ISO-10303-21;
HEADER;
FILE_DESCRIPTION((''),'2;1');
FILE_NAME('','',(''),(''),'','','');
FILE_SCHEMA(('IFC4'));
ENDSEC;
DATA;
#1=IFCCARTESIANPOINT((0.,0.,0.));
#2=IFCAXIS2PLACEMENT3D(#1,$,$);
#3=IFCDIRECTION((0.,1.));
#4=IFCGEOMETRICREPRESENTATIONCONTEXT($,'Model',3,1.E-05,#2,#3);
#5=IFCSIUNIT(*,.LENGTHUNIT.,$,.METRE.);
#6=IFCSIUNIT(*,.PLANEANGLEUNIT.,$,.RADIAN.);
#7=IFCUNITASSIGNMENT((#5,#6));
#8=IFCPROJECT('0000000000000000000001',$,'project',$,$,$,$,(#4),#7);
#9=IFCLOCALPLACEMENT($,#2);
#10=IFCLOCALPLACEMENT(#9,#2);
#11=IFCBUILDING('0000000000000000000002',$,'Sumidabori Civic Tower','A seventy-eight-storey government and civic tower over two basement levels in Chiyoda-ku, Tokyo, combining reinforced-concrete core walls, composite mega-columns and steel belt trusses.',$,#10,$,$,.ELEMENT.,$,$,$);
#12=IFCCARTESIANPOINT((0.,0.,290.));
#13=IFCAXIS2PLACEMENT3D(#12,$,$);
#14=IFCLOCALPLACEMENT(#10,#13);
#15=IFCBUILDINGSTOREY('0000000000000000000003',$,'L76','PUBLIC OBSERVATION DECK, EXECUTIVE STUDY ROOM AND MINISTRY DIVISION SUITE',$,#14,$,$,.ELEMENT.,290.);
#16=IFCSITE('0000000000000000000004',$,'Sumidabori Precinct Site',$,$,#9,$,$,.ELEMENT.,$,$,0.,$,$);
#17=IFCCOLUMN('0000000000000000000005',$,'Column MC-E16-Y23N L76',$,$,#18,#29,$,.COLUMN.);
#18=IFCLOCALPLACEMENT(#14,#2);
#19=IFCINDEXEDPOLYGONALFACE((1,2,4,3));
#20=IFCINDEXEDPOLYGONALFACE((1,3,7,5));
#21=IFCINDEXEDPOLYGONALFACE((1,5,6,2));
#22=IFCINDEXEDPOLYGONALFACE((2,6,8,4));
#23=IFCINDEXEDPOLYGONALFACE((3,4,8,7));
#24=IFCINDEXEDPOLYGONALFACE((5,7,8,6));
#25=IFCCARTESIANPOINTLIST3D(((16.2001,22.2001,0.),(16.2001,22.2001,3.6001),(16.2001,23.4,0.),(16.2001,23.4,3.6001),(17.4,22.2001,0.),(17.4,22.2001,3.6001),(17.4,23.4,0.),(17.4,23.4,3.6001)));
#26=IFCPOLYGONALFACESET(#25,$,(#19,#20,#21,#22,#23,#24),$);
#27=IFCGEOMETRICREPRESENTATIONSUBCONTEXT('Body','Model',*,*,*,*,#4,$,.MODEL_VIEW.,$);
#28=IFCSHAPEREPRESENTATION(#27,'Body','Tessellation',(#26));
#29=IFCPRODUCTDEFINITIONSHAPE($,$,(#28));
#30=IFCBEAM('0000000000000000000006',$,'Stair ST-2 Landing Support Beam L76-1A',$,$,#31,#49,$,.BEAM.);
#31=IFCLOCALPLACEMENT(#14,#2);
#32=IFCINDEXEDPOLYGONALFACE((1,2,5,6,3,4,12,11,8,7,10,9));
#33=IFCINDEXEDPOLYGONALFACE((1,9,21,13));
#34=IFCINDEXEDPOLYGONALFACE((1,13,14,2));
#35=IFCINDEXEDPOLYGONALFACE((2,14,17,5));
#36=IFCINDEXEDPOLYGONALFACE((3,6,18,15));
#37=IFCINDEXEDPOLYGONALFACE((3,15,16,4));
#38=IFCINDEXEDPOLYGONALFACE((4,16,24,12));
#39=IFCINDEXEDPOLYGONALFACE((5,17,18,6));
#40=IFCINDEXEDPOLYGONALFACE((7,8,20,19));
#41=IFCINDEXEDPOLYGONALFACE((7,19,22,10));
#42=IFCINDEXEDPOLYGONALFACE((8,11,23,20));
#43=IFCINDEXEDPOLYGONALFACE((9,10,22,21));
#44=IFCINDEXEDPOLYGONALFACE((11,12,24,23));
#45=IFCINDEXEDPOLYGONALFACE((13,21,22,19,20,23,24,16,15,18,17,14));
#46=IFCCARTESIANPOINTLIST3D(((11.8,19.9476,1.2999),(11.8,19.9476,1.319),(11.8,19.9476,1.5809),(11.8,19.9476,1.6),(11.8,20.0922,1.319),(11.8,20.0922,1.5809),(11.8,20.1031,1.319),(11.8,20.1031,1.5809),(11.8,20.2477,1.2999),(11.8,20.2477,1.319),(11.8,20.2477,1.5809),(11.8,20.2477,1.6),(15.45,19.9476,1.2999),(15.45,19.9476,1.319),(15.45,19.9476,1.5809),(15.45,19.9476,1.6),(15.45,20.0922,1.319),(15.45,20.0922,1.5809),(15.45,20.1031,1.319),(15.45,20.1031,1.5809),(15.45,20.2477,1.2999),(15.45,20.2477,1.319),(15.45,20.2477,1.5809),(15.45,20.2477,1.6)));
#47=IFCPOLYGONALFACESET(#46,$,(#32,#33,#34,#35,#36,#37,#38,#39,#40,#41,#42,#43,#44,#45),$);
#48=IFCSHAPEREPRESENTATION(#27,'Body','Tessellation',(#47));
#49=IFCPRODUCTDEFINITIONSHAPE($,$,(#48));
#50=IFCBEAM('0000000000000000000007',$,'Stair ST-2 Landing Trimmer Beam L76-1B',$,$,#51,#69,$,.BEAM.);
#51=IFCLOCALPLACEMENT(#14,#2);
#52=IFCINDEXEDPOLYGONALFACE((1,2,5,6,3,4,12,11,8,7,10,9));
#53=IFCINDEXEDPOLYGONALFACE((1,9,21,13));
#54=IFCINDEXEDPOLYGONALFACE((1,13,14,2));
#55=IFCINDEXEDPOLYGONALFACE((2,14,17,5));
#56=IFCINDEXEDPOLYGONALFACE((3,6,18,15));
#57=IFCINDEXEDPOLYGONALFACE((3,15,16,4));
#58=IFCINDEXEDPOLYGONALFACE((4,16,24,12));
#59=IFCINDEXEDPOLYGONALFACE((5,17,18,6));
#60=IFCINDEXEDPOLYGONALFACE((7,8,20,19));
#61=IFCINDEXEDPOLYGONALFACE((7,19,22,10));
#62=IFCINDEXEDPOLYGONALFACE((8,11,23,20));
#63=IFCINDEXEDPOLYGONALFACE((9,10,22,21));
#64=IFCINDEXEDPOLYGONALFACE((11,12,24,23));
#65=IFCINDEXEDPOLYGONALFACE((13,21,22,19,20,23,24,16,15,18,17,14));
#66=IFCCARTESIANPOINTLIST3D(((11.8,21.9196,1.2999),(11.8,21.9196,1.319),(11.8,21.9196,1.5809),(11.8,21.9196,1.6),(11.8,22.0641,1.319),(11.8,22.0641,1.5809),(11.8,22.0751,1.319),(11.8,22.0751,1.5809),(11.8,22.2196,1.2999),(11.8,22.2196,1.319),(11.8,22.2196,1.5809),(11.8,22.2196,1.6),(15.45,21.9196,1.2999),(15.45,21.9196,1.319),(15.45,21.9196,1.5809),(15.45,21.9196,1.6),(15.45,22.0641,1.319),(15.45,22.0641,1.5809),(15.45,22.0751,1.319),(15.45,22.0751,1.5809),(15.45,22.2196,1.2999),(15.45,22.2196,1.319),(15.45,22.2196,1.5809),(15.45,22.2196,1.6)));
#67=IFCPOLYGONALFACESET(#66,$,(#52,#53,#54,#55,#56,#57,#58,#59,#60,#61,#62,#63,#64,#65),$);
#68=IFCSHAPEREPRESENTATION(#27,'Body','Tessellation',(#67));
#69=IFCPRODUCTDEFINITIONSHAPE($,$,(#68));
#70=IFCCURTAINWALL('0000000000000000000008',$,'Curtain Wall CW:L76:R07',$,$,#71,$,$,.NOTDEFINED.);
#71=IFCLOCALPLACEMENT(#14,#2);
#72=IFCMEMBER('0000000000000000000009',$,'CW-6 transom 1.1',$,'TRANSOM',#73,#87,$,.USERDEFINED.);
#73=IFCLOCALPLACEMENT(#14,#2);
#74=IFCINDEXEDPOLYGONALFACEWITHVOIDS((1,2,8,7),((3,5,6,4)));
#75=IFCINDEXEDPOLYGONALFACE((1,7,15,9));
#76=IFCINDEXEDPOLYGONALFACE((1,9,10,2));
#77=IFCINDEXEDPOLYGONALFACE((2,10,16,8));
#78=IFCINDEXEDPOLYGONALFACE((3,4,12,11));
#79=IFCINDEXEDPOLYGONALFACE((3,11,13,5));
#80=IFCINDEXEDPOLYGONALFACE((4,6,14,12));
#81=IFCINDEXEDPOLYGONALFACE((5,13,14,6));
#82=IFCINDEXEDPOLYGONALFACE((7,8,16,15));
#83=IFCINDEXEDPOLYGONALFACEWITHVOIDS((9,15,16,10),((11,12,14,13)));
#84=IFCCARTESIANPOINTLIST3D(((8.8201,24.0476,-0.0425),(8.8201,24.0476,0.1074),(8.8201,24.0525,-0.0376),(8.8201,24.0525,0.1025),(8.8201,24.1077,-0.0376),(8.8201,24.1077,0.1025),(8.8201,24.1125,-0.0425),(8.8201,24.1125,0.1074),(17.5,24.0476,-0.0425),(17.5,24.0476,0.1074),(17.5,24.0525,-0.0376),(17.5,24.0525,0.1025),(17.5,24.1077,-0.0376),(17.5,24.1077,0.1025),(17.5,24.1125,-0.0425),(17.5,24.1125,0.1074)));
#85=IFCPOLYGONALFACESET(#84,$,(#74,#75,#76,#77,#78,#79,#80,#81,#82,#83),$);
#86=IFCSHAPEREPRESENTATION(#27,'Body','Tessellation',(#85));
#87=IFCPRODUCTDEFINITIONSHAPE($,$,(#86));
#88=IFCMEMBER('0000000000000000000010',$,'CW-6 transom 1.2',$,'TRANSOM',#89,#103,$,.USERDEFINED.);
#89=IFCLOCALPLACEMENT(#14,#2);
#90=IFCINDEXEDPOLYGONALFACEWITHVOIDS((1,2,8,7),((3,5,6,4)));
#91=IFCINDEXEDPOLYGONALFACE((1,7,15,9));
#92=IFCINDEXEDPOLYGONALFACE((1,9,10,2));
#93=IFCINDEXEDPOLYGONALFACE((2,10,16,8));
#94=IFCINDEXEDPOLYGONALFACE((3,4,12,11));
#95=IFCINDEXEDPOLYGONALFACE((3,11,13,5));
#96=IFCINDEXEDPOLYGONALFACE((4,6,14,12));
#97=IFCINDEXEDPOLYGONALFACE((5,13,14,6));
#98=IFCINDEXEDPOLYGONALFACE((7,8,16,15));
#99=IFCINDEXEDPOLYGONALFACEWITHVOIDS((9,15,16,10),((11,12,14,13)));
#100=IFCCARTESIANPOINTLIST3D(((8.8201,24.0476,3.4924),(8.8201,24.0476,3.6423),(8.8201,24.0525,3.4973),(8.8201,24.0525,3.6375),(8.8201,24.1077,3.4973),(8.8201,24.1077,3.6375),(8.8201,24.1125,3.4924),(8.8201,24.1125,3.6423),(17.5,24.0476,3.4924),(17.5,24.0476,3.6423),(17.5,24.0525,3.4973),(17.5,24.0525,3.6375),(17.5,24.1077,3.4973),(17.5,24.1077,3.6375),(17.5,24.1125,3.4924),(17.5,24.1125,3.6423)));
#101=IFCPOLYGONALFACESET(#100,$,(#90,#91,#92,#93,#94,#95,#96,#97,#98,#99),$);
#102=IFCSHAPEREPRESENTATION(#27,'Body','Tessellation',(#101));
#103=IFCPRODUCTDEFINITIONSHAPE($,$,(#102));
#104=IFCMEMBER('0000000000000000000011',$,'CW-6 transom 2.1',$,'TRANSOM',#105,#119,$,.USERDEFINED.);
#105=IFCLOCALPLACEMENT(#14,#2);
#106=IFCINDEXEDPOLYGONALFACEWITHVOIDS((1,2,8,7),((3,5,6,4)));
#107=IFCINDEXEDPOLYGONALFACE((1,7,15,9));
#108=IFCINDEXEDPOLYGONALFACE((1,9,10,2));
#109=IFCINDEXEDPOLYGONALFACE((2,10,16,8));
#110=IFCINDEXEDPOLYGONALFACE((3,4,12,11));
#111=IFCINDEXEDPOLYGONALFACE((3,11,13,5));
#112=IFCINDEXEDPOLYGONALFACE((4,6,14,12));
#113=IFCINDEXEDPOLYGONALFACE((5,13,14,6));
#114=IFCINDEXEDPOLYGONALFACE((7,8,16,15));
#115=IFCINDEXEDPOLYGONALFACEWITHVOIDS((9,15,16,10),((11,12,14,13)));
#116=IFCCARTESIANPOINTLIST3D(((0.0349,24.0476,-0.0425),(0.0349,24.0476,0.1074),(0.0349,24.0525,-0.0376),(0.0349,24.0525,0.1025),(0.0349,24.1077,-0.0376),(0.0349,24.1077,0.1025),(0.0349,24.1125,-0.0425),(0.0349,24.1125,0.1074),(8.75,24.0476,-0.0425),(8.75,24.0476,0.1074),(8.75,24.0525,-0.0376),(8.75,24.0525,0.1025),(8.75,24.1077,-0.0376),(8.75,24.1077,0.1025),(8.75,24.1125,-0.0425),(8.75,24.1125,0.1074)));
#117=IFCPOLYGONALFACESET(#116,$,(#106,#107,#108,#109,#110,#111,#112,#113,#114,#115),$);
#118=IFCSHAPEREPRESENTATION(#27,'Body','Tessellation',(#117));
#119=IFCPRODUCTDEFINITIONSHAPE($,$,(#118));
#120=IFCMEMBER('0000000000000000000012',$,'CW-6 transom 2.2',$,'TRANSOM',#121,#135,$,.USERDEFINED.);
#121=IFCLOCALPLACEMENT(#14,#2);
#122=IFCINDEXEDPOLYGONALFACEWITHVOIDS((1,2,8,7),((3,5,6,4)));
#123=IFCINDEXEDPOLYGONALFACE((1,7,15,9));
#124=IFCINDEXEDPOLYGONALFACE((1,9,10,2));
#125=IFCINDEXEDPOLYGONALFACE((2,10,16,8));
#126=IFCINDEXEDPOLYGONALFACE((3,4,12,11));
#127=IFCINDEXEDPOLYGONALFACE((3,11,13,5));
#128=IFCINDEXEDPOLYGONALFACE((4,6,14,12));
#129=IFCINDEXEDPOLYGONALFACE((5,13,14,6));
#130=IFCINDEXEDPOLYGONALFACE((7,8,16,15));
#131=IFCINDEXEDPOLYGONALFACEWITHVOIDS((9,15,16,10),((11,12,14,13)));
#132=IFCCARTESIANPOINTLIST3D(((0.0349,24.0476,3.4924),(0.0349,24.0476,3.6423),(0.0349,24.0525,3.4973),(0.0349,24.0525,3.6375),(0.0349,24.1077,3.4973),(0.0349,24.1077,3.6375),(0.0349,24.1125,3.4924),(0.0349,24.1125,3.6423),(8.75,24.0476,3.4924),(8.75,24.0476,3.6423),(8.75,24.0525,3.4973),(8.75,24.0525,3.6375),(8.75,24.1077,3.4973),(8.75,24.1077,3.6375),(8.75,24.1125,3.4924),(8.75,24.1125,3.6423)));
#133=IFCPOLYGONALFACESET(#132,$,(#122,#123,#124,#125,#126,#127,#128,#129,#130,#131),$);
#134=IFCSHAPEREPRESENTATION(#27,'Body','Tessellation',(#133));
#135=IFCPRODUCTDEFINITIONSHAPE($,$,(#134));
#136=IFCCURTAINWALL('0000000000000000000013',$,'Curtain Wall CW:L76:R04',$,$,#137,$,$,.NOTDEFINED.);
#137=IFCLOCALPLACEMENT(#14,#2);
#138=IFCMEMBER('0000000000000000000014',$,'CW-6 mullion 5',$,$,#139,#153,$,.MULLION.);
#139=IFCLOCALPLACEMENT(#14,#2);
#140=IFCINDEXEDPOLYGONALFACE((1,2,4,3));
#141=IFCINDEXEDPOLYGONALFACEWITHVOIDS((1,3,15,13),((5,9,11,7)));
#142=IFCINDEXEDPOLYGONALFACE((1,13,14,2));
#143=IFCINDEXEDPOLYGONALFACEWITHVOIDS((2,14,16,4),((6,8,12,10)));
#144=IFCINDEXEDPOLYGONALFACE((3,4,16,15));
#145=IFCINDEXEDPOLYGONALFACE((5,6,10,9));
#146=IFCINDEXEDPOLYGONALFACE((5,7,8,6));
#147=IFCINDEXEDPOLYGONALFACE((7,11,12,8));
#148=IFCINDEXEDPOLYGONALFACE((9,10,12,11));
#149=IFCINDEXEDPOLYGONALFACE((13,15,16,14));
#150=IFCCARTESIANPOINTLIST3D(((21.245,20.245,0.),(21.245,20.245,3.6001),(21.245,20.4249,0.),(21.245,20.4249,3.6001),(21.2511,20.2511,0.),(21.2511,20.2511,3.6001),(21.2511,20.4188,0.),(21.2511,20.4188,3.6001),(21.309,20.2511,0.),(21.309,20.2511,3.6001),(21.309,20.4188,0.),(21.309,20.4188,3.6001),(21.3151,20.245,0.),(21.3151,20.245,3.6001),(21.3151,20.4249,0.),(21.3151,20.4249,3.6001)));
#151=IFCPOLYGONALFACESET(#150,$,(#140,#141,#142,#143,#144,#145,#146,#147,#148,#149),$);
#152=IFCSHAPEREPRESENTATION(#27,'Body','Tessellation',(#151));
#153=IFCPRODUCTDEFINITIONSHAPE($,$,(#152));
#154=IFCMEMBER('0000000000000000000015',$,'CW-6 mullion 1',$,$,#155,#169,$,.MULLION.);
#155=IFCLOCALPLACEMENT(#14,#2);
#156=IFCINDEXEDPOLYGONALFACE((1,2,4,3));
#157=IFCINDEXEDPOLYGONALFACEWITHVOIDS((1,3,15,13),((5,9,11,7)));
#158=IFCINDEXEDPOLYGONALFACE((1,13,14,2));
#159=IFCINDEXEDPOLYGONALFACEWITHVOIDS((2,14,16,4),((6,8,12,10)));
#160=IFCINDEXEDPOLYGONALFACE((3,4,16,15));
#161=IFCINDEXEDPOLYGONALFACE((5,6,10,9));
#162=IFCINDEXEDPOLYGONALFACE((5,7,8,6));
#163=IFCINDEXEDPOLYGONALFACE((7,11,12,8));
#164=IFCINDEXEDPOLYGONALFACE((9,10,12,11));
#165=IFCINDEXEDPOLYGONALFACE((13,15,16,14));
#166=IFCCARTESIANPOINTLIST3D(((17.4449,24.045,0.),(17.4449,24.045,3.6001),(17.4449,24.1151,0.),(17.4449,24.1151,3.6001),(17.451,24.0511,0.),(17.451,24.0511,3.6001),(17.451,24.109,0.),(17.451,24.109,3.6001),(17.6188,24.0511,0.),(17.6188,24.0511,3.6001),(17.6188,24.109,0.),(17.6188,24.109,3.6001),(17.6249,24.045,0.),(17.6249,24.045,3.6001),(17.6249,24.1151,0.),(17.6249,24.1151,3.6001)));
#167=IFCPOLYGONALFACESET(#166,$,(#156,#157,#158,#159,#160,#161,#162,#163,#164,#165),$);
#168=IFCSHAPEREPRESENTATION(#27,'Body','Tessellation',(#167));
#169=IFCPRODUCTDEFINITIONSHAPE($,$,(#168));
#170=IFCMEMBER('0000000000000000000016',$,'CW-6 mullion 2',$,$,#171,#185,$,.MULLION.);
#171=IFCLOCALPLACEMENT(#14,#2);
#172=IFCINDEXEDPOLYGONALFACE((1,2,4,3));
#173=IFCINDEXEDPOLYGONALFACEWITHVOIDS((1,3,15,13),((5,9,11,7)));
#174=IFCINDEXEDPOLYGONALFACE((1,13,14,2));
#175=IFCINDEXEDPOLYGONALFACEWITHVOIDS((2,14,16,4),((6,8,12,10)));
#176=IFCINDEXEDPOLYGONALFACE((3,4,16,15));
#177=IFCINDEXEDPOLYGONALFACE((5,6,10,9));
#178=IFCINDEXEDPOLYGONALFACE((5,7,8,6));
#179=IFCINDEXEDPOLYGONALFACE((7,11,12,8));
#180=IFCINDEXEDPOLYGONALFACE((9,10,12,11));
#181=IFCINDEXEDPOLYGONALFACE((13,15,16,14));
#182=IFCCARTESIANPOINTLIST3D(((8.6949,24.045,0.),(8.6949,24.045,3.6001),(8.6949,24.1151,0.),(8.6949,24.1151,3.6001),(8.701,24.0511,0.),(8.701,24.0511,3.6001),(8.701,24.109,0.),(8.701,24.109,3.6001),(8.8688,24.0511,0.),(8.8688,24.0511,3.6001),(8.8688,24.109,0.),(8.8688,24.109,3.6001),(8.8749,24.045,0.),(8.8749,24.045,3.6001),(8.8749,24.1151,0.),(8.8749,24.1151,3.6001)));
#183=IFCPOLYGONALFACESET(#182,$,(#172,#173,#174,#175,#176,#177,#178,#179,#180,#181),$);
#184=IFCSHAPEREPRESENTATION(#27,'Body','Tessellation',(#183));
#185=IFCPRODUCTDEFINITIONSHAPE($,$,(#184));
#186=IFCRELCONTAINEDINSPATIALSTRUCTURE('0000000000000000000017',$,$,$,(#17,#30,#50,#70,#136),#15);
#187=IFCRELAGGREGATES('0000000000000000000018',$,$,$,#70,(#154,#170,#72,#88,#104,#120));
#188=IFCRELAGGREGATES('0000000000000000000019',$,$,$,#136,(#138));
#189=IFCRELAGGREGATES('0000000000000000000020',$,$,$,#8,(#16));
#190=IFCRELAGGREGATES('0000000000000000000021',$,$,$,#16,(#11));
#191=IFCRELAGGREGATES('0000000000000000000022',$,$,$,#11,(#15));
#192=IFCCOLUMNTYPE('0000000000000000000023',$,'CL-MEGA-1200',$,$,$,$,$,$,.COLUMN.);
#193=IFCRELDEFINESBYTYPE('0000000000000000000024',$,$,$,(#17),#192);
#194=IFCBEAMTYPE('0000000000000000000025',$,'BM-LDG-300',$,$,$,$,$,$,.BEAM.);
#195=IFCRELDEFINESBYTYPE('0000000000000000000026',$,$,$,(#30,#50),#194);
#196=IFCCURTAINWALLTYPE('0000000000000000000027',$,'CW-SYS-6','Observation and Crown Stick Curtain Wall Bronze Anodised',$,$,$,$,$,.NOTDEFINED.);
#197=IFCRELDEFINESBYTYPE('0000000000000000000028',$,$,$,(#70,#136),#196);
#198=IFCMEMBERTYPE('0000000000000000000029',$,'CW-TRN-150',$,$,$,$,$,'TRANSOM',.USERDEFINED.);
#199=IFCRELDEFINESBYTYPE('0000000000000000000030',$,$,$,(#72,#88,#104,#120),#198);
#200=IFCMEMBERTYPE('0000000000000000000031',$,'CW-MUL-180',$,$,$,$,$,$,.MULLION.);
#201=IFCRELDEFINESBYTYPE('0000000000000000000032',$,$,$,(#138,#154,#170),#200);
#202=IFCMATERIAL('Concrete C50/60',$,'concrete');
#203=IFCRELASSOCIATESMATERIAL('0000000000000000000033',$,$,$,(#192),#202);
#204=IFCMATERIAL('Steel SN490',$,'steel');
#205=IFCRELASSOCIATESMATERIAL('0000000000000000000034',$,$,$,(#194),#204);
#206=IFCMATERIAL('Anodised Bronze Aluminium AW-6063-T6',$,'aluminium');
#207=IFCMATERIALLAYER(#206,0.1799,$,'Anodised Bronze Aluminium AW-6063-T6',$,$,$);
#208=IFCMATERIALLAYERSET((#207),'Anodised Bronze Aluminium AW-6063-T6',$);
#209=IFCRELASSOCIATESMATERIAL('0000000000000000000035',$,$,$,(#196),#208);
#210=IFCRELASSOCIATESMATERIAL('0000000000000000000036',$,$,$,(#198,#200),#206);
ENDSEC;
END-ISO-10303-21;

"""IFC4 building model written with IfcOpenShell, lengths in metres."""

from ifc_helpers import new_model, si_unit, direction, frame, origin, origin_2d, place, context, subcontext, project, spatial, rectangle, hollow_rectangle, i_section, extrude, source, transform, mapped, material, layer, layer_set, material_profile, profile_set, type_object, element, aggregate, save


model = new_model("IFC4")

# Units and contexts
model_context = context("Model", 3, precision=1e-05, world=origin(), true_north=direction((0.0, 1.0)))
body_context = subcontext(model_context, "Body", "Model", "MODEL_VIEW")
ifc_project = project(units=[si_unit("LENGTHUNIT", "METRE"), si_unit("PLANEANGLEUNIT", "RADIAN")], contexts=[model_context])

# Site, building, storey
site_placement = place(None, origin())
site = spatial("IfcSite", under=ifc_project, at=site_placement, Name="Sumidabori Precinct Site", CompositionType="ELEMENT", RefElevation=0.0)
building_placement = place(site_placement, origin())
building = spatial("IfcBuilding", under=site, at=building_placement, Name="Sumidabori Civic Tower", Description="A seventy-eight-storey government and civic tower over two basement levels in Chiyoda-ku, Tokyo, combining reinforced-concrete core walls, composite mega-columns and steel belt trusses.", CompositionType="ELEMENT")
storey_placement = place(building_placement, frame((0.0, 0.0, 290.0)))
storey = spatial("IfcBuildingStorey", under=building, at=storey_placement, Name="L76", Description="PUBLIC OBSERVATION DECK, EXECUTIVE STUDY ROOM AND MINISTRY DIVISION SUITE", CompositionType="ELEMENT", Elevation=290.0)

# Column
ifc_material_1 = material(Name="Concrete C50/60", Category="concrete")
ifc_material_profile_1 = material_profile(ifc_material_1, rectangle(XDim=1.2, YDim=1.2, at=origin_2d()), Name="RC 1200x1200")
ifc_profile_set_1 = profile_set([ifc_material_profile_1], Name="Concrete C50/60")
column_type = type_object("IfcColumnType", Name="CL-MEGA-1200", PredefinedType="COLUMN", material=ifc_profile_set_1)
shared_shape_1 = source(origin(), body_context, "Body", "SweptSolid", [
    extrude(rectangle(XDim=1.2, YDim=1.2, at=origin_2d()), origin(), (0.0, 0.0, 1.0), 3.6001),
])
column_placement = place(storey_placement, frame((16.8, 22.8, 0.0), z_axis=(0.0, 0.0, 1.0), x_axis=(1.0, 0.0, 0.0)))
element("IfcColumn", 1, at=column_placement, inside=storey, type_object=column_type, Name="Column MC-E16-Y23N L76", PredefinedType="COLUMN", context=body_context, shape_type="MappedRepresentation", body=[
    mapped(shared_shape_1, transform((0.0, 0.0, 0.0), x_axis=(1.0, 0.0, 0.0), y_axis=(0.0, 1.0, 0.0), z_axis=(0.0, 0.0, 1.0), scale=1.0)),
])

# Beams
ifc_material_2 = material(Name="Steel SN490", Category="steel")
ifc_material_profile_2 = material_profile(ifc_material_2, i_section(OverallWidth=0.3, OverallDepth=0.3, WebThickness=0.011, FlangeThickness=0.019, at=origin_2d()), Name="HE 300 B")
ifc_profile_set_2 = profile_set([ifc_material_profile_2], Name="Steel SN490")
beam_type = type_object("IfcBeamType", Name="BM-LDG-300", PredefinedType="BEAM", material=ifc_profile_set_2)
shared_shape_2 = source(origin(), body_context, "Body", "SweptSolid", [
    extrude(i_section(OverallWidth=0.3, OverallDepth=0.3, WebThickness=0.011, FlangeThickness=0.019, at=origin_2d()), origin(), (0.0, 0.0, 1.0), 3.6499),
])
for number, where, z_axis, x_axis, name in (
    (2, (11.8, 20.0977, 1.45), (1.0, 0.0, 0.0), (0.0, 1.0, 0.0), "Stair ST-2 Landing Support Beam L76-1A"),
    (3, (11.8, 22.0696, 1.45), (1.0, 0.0, 0.0), (0.0, 1.0, 0.0), "Stair ST-2 Landing Trimmer Beam L76-1B"),
):
    element("IfcBeam", number, at=place(storey_placement, frame(where, z_axis=z_axis, x_axis=x_axis)), inside=storey, type_object=beam_type, Name=name, PredefinedType="BEAM", context=body_context, shape_type="MappedRepresentation", body=[
        mapped(shared_shape_2, transform((0.0, 0.0, 0.0), x_axis=(1.0, 0.0, 0.0), y_axis=(0.0, 1.0, 0.0), z_axis=(0.0, 0.0, 1.0), scale=1.0)),
    ])

# Curtain wall, members
ifc_material_3 = material(Name="Anodised Bronze Aluminium AW-6063-T6", Category="aluminium")
ifc_layer_1 = layer(ifc_material_3, 0.1799, Name="Anodised Bronze Aluminium AW-6063-T6")
ifc_layer_set_1 = layer_set([ifc_layer_1], Name="Anodised Bronze Aluminium AW-6063-T6")
curtain_wall_type = type_object("IfcCurtainWallType", Name="CW-SYS-6", Description="Observation and Crown Stick Curtain Wall Bronze Anodised", PredefinedType="NOTDEFINED", material=ifc_layer_set_1)
curtain_wall_1_placement = place(storey_placement, origin())
curtain_wall_1 = element("IfcCurtainWall", 4, at=curtain_wall_1_placement, inside=storey, type_object=curtain_wall_type, Name="Curtain Wall CW:L76:R07", PredefinedType="NOTDEFINED")
ifc_material_profile_3 = material_profile(ifc_material_3, hollow_rectangle(XDim=0.0649, YDim=0.1499, WallThickness=0.0049, at=origin_2d()), Name="ALU TRANSOM 150x65")
ifc_profile_set_3 = profile_set([ifc_material_profile_3], Name="Anodised Bronze Aluminium AW-6063-T6")
member_type_1 = type_object("IfcMemberType", Name="CW-TRN-150", ElementType="TRANSOM", PredefinedType="USERDEFINED", material=ifc_profile_set_3)
shared_shape_3 = source(origin(), body_context, "Body", "SweptSolid", [
    extrude(hollow_rectangle(XDim=0.0649, YDim=0.1499, WallThickness=0.0049, at=origin_2d()), origin(), (0.0, 0.0, 1.0), 8.6799),
])
member_1_placement = place(storey_placement, frame((17.5, 24.0801, 0.0325), z_axis=(-1.0, 0.0, 0.0), x_axis=(0.0, -1.0, 0.0)))
member_1 = element("IfcMember", 5, at=member_1_placement, type_object=member_type_1, Name="CW-6 transom 1.1", ObjectType="TRANSOM", PredefinedType="USERDEFINED", context=body_context, shape_type="MappedRepresentation", body=[
    mapped(shared_shape_3, transform((0.0, 0.0, 0.0), x_axis=(1.0, 0.0, 0.0), y_axis=(0.0, 1.0, 0.0), z_axis=(0.0, 0.0, 1.0), scale=1.0)),
])
member_2_placement = place(storey_placement, frame((17.5, 24.0801, 3.5674), z_axis=(-1.0, 0.0, 0.0), x_axis=(0.0, -1.0, 0.0)))
member_2 = element("IfcMember", 6, at=member_2_placement, type_object=member_type_1, Name="CW-6 transom 1.2", ObjectType="TRANSOM", PredefinedType="USERDEFINED", context=body_context, shape_type="MappedRepresentation", body=[
    mapped(shared_shape_3, transform((0.0, 0.0, 0.0), x_axis=(1.0, 0.0, 0.0), y_axis=(0.0, 1.0, 0.0), z_axis=(0.0, 0.0, 1.0), scale=1.0)),
])
shared_shape_4 = source(origin(), body_context, "Body", "SweptSolid", [
    extrude(hollow_rectangle(XDim=0.0649, YDim=0.1499, WallThickness=0.0049, at=origin_2d()), origin(), (0.0, 0.0, 1.0), 8.7151),
])
member_3_placement = place(storey_placement, frame((8.75, 24.0801, 0.0325), z_axis=(-1.0, 0.0, 0.0), x_axis=(0.0, -1.0, 0.0)))
member_3 = element("IfcMember", 7, at=member_3_placement, type_object=member_type_1, Name="CW-6 transom 2.1", ObjectType="TRANSOM", PredefinedType="USERDEFINED", context=body_context, shape_type="MappedRepresentation", body=[
    mapped(shared_shape_4, transform((0.0, 0.0, 0.0), x_axis=(1.0, 0.0, 0.0), y_axis=(0.0, 1.0, 0.0), z_axis=(0.0, 0.0, 1.0), scale=1.0)),
])
member_4_placement = place(storey_placement, frame((8.75, 24.0801, 3.5674), z_axis=(-1.0, 0.0, 0.0), x_axis=(0.0, -1.0, 0.0)))
member_4 = element("IfcMember", 8, at=member_4_placement, type_object=member_type_1, Name="CW-6 transom 2.2", ObjectType="TRANSOM", PredefinedType="USERDEFINED", context=body_context, shape_type="MappedRepresentation", body=[
    mapped(shared_shape_4, transform((0.0, 0.0, 0.0), x_axis=(1.0, 0.0, 0.0), y_axis=(0.0, 1.0, 0.0), z_axis=(0.0, 0.0, 1.0), scale=1.0)),
])

# Curtain wall, member
curtain_wall_2_placement = place(storey_placement, origin())
curtain_wall_2 = element("IfcCurtainWall", 9, at=curtain_wall_2_placement, inside=storey, type_object=curtain_wall_type, Name="Curtain Wall CW:L76:R04", PredefinedType="NOTDEFINED")
ifc_material_profile_4 = material_profile(ifc_material_3, hollow_rectangle(XDim=0.0701, YDim=0.1799, WallThickness=0.0061, at=origin_2d()), Name="ALU MULLION 180x70")
ifc_profile_set_4 = profile_set([ifc_material_profile_4], Name="Anodised Bronze Aluminium AW-6063-T6")
member_type_2 = type_object("IfcMemberType", Name="CW-MUL-180", PredefinedType="MULLION", material=ifc_profile_set_4)
shared_shape_5 = source(origin(), body_context, "Body", "SweptSolid", [
    extrude(hollow_rectangle(XDim=0.0701, YDim=0.1799, WallThickness=0.0061, at=origin_2d()), origin(), (0.0, 0.0, 1.0), 3.6001),
])
member_5_placement = place(storey_placement, frame((21.28, 20.335, 0.0), z_axis=(0.0, 0.0, 1.0), x_axis=(-1.0, 0.0, 0.0)))
member_5 = element("IfcMember", 10, at=member_5_placement, type_object=member_type_2, Name="CW-6 mullion 5", PredefinedType="MULLION", context=body_context, shape_type="MappedRepresentation", body=[
    mapped(shared_shape_5, transform((0.0, 0.0, 0.0), x_axis=(1.0, 0.0, 0.0), y_axis=(0.0, 1.0, 0.0), z_axis=(0.0, 0.0, 1.0), scale=1.0)),
])

# Members
member_6_placement = place(storey_placement, frame((17.5349, 24.0801, 0.0), z_axis=(0.0, 0.0, 1.0), x_axis=(0.0, -1.0, 0.0)))
member_6 = element("IfcMember", 11, at=member_6_placement, type_object=member_type_2, Name="CW-6 mullion 1", PredefinedType="MULLION", context=body_context, shape_type="MappedRepresentation", body=[
    mapped(shared_shape_5, transform((0.0, 0.0, 0.0), x_axis=(1.0, 0.0, 0.0), y_axis=(0.0, 1.0, 0.0), z_axis=(0.0, 0.0, 1.0), scale=1.0)),
])
member_7_placement = place(storey_placement, frame((8.7849, 24.0801, 0.0), z_axis=(0.0, 0.0, 1.0), x_axis=(0.0, -1.0, 0.0)))
member_7 = element("IfcMember", 12, at=member_7_placement, type_object=member_type_2, Name="CW-6 mullion 2", PredefinedType="MULLION", context=body_context, shape_type="MappedRepresentation", body=[
    mapped(shared_shape_5, transform((0.0, 0.0, 0.0), x_axis=(1.0, 0.0, 0.0), y_axis=(0.0, 1.0, 0.0), z_axis=(0.0, 0.0, 1.0), scale=1.0)),
])

aggregate(curtain_wall_1, [member_6, member_7, member_1, member_2, member_3, member_4])
aggregate(curtain_wall_2, [member_5])

save(model, "model.ifc")
